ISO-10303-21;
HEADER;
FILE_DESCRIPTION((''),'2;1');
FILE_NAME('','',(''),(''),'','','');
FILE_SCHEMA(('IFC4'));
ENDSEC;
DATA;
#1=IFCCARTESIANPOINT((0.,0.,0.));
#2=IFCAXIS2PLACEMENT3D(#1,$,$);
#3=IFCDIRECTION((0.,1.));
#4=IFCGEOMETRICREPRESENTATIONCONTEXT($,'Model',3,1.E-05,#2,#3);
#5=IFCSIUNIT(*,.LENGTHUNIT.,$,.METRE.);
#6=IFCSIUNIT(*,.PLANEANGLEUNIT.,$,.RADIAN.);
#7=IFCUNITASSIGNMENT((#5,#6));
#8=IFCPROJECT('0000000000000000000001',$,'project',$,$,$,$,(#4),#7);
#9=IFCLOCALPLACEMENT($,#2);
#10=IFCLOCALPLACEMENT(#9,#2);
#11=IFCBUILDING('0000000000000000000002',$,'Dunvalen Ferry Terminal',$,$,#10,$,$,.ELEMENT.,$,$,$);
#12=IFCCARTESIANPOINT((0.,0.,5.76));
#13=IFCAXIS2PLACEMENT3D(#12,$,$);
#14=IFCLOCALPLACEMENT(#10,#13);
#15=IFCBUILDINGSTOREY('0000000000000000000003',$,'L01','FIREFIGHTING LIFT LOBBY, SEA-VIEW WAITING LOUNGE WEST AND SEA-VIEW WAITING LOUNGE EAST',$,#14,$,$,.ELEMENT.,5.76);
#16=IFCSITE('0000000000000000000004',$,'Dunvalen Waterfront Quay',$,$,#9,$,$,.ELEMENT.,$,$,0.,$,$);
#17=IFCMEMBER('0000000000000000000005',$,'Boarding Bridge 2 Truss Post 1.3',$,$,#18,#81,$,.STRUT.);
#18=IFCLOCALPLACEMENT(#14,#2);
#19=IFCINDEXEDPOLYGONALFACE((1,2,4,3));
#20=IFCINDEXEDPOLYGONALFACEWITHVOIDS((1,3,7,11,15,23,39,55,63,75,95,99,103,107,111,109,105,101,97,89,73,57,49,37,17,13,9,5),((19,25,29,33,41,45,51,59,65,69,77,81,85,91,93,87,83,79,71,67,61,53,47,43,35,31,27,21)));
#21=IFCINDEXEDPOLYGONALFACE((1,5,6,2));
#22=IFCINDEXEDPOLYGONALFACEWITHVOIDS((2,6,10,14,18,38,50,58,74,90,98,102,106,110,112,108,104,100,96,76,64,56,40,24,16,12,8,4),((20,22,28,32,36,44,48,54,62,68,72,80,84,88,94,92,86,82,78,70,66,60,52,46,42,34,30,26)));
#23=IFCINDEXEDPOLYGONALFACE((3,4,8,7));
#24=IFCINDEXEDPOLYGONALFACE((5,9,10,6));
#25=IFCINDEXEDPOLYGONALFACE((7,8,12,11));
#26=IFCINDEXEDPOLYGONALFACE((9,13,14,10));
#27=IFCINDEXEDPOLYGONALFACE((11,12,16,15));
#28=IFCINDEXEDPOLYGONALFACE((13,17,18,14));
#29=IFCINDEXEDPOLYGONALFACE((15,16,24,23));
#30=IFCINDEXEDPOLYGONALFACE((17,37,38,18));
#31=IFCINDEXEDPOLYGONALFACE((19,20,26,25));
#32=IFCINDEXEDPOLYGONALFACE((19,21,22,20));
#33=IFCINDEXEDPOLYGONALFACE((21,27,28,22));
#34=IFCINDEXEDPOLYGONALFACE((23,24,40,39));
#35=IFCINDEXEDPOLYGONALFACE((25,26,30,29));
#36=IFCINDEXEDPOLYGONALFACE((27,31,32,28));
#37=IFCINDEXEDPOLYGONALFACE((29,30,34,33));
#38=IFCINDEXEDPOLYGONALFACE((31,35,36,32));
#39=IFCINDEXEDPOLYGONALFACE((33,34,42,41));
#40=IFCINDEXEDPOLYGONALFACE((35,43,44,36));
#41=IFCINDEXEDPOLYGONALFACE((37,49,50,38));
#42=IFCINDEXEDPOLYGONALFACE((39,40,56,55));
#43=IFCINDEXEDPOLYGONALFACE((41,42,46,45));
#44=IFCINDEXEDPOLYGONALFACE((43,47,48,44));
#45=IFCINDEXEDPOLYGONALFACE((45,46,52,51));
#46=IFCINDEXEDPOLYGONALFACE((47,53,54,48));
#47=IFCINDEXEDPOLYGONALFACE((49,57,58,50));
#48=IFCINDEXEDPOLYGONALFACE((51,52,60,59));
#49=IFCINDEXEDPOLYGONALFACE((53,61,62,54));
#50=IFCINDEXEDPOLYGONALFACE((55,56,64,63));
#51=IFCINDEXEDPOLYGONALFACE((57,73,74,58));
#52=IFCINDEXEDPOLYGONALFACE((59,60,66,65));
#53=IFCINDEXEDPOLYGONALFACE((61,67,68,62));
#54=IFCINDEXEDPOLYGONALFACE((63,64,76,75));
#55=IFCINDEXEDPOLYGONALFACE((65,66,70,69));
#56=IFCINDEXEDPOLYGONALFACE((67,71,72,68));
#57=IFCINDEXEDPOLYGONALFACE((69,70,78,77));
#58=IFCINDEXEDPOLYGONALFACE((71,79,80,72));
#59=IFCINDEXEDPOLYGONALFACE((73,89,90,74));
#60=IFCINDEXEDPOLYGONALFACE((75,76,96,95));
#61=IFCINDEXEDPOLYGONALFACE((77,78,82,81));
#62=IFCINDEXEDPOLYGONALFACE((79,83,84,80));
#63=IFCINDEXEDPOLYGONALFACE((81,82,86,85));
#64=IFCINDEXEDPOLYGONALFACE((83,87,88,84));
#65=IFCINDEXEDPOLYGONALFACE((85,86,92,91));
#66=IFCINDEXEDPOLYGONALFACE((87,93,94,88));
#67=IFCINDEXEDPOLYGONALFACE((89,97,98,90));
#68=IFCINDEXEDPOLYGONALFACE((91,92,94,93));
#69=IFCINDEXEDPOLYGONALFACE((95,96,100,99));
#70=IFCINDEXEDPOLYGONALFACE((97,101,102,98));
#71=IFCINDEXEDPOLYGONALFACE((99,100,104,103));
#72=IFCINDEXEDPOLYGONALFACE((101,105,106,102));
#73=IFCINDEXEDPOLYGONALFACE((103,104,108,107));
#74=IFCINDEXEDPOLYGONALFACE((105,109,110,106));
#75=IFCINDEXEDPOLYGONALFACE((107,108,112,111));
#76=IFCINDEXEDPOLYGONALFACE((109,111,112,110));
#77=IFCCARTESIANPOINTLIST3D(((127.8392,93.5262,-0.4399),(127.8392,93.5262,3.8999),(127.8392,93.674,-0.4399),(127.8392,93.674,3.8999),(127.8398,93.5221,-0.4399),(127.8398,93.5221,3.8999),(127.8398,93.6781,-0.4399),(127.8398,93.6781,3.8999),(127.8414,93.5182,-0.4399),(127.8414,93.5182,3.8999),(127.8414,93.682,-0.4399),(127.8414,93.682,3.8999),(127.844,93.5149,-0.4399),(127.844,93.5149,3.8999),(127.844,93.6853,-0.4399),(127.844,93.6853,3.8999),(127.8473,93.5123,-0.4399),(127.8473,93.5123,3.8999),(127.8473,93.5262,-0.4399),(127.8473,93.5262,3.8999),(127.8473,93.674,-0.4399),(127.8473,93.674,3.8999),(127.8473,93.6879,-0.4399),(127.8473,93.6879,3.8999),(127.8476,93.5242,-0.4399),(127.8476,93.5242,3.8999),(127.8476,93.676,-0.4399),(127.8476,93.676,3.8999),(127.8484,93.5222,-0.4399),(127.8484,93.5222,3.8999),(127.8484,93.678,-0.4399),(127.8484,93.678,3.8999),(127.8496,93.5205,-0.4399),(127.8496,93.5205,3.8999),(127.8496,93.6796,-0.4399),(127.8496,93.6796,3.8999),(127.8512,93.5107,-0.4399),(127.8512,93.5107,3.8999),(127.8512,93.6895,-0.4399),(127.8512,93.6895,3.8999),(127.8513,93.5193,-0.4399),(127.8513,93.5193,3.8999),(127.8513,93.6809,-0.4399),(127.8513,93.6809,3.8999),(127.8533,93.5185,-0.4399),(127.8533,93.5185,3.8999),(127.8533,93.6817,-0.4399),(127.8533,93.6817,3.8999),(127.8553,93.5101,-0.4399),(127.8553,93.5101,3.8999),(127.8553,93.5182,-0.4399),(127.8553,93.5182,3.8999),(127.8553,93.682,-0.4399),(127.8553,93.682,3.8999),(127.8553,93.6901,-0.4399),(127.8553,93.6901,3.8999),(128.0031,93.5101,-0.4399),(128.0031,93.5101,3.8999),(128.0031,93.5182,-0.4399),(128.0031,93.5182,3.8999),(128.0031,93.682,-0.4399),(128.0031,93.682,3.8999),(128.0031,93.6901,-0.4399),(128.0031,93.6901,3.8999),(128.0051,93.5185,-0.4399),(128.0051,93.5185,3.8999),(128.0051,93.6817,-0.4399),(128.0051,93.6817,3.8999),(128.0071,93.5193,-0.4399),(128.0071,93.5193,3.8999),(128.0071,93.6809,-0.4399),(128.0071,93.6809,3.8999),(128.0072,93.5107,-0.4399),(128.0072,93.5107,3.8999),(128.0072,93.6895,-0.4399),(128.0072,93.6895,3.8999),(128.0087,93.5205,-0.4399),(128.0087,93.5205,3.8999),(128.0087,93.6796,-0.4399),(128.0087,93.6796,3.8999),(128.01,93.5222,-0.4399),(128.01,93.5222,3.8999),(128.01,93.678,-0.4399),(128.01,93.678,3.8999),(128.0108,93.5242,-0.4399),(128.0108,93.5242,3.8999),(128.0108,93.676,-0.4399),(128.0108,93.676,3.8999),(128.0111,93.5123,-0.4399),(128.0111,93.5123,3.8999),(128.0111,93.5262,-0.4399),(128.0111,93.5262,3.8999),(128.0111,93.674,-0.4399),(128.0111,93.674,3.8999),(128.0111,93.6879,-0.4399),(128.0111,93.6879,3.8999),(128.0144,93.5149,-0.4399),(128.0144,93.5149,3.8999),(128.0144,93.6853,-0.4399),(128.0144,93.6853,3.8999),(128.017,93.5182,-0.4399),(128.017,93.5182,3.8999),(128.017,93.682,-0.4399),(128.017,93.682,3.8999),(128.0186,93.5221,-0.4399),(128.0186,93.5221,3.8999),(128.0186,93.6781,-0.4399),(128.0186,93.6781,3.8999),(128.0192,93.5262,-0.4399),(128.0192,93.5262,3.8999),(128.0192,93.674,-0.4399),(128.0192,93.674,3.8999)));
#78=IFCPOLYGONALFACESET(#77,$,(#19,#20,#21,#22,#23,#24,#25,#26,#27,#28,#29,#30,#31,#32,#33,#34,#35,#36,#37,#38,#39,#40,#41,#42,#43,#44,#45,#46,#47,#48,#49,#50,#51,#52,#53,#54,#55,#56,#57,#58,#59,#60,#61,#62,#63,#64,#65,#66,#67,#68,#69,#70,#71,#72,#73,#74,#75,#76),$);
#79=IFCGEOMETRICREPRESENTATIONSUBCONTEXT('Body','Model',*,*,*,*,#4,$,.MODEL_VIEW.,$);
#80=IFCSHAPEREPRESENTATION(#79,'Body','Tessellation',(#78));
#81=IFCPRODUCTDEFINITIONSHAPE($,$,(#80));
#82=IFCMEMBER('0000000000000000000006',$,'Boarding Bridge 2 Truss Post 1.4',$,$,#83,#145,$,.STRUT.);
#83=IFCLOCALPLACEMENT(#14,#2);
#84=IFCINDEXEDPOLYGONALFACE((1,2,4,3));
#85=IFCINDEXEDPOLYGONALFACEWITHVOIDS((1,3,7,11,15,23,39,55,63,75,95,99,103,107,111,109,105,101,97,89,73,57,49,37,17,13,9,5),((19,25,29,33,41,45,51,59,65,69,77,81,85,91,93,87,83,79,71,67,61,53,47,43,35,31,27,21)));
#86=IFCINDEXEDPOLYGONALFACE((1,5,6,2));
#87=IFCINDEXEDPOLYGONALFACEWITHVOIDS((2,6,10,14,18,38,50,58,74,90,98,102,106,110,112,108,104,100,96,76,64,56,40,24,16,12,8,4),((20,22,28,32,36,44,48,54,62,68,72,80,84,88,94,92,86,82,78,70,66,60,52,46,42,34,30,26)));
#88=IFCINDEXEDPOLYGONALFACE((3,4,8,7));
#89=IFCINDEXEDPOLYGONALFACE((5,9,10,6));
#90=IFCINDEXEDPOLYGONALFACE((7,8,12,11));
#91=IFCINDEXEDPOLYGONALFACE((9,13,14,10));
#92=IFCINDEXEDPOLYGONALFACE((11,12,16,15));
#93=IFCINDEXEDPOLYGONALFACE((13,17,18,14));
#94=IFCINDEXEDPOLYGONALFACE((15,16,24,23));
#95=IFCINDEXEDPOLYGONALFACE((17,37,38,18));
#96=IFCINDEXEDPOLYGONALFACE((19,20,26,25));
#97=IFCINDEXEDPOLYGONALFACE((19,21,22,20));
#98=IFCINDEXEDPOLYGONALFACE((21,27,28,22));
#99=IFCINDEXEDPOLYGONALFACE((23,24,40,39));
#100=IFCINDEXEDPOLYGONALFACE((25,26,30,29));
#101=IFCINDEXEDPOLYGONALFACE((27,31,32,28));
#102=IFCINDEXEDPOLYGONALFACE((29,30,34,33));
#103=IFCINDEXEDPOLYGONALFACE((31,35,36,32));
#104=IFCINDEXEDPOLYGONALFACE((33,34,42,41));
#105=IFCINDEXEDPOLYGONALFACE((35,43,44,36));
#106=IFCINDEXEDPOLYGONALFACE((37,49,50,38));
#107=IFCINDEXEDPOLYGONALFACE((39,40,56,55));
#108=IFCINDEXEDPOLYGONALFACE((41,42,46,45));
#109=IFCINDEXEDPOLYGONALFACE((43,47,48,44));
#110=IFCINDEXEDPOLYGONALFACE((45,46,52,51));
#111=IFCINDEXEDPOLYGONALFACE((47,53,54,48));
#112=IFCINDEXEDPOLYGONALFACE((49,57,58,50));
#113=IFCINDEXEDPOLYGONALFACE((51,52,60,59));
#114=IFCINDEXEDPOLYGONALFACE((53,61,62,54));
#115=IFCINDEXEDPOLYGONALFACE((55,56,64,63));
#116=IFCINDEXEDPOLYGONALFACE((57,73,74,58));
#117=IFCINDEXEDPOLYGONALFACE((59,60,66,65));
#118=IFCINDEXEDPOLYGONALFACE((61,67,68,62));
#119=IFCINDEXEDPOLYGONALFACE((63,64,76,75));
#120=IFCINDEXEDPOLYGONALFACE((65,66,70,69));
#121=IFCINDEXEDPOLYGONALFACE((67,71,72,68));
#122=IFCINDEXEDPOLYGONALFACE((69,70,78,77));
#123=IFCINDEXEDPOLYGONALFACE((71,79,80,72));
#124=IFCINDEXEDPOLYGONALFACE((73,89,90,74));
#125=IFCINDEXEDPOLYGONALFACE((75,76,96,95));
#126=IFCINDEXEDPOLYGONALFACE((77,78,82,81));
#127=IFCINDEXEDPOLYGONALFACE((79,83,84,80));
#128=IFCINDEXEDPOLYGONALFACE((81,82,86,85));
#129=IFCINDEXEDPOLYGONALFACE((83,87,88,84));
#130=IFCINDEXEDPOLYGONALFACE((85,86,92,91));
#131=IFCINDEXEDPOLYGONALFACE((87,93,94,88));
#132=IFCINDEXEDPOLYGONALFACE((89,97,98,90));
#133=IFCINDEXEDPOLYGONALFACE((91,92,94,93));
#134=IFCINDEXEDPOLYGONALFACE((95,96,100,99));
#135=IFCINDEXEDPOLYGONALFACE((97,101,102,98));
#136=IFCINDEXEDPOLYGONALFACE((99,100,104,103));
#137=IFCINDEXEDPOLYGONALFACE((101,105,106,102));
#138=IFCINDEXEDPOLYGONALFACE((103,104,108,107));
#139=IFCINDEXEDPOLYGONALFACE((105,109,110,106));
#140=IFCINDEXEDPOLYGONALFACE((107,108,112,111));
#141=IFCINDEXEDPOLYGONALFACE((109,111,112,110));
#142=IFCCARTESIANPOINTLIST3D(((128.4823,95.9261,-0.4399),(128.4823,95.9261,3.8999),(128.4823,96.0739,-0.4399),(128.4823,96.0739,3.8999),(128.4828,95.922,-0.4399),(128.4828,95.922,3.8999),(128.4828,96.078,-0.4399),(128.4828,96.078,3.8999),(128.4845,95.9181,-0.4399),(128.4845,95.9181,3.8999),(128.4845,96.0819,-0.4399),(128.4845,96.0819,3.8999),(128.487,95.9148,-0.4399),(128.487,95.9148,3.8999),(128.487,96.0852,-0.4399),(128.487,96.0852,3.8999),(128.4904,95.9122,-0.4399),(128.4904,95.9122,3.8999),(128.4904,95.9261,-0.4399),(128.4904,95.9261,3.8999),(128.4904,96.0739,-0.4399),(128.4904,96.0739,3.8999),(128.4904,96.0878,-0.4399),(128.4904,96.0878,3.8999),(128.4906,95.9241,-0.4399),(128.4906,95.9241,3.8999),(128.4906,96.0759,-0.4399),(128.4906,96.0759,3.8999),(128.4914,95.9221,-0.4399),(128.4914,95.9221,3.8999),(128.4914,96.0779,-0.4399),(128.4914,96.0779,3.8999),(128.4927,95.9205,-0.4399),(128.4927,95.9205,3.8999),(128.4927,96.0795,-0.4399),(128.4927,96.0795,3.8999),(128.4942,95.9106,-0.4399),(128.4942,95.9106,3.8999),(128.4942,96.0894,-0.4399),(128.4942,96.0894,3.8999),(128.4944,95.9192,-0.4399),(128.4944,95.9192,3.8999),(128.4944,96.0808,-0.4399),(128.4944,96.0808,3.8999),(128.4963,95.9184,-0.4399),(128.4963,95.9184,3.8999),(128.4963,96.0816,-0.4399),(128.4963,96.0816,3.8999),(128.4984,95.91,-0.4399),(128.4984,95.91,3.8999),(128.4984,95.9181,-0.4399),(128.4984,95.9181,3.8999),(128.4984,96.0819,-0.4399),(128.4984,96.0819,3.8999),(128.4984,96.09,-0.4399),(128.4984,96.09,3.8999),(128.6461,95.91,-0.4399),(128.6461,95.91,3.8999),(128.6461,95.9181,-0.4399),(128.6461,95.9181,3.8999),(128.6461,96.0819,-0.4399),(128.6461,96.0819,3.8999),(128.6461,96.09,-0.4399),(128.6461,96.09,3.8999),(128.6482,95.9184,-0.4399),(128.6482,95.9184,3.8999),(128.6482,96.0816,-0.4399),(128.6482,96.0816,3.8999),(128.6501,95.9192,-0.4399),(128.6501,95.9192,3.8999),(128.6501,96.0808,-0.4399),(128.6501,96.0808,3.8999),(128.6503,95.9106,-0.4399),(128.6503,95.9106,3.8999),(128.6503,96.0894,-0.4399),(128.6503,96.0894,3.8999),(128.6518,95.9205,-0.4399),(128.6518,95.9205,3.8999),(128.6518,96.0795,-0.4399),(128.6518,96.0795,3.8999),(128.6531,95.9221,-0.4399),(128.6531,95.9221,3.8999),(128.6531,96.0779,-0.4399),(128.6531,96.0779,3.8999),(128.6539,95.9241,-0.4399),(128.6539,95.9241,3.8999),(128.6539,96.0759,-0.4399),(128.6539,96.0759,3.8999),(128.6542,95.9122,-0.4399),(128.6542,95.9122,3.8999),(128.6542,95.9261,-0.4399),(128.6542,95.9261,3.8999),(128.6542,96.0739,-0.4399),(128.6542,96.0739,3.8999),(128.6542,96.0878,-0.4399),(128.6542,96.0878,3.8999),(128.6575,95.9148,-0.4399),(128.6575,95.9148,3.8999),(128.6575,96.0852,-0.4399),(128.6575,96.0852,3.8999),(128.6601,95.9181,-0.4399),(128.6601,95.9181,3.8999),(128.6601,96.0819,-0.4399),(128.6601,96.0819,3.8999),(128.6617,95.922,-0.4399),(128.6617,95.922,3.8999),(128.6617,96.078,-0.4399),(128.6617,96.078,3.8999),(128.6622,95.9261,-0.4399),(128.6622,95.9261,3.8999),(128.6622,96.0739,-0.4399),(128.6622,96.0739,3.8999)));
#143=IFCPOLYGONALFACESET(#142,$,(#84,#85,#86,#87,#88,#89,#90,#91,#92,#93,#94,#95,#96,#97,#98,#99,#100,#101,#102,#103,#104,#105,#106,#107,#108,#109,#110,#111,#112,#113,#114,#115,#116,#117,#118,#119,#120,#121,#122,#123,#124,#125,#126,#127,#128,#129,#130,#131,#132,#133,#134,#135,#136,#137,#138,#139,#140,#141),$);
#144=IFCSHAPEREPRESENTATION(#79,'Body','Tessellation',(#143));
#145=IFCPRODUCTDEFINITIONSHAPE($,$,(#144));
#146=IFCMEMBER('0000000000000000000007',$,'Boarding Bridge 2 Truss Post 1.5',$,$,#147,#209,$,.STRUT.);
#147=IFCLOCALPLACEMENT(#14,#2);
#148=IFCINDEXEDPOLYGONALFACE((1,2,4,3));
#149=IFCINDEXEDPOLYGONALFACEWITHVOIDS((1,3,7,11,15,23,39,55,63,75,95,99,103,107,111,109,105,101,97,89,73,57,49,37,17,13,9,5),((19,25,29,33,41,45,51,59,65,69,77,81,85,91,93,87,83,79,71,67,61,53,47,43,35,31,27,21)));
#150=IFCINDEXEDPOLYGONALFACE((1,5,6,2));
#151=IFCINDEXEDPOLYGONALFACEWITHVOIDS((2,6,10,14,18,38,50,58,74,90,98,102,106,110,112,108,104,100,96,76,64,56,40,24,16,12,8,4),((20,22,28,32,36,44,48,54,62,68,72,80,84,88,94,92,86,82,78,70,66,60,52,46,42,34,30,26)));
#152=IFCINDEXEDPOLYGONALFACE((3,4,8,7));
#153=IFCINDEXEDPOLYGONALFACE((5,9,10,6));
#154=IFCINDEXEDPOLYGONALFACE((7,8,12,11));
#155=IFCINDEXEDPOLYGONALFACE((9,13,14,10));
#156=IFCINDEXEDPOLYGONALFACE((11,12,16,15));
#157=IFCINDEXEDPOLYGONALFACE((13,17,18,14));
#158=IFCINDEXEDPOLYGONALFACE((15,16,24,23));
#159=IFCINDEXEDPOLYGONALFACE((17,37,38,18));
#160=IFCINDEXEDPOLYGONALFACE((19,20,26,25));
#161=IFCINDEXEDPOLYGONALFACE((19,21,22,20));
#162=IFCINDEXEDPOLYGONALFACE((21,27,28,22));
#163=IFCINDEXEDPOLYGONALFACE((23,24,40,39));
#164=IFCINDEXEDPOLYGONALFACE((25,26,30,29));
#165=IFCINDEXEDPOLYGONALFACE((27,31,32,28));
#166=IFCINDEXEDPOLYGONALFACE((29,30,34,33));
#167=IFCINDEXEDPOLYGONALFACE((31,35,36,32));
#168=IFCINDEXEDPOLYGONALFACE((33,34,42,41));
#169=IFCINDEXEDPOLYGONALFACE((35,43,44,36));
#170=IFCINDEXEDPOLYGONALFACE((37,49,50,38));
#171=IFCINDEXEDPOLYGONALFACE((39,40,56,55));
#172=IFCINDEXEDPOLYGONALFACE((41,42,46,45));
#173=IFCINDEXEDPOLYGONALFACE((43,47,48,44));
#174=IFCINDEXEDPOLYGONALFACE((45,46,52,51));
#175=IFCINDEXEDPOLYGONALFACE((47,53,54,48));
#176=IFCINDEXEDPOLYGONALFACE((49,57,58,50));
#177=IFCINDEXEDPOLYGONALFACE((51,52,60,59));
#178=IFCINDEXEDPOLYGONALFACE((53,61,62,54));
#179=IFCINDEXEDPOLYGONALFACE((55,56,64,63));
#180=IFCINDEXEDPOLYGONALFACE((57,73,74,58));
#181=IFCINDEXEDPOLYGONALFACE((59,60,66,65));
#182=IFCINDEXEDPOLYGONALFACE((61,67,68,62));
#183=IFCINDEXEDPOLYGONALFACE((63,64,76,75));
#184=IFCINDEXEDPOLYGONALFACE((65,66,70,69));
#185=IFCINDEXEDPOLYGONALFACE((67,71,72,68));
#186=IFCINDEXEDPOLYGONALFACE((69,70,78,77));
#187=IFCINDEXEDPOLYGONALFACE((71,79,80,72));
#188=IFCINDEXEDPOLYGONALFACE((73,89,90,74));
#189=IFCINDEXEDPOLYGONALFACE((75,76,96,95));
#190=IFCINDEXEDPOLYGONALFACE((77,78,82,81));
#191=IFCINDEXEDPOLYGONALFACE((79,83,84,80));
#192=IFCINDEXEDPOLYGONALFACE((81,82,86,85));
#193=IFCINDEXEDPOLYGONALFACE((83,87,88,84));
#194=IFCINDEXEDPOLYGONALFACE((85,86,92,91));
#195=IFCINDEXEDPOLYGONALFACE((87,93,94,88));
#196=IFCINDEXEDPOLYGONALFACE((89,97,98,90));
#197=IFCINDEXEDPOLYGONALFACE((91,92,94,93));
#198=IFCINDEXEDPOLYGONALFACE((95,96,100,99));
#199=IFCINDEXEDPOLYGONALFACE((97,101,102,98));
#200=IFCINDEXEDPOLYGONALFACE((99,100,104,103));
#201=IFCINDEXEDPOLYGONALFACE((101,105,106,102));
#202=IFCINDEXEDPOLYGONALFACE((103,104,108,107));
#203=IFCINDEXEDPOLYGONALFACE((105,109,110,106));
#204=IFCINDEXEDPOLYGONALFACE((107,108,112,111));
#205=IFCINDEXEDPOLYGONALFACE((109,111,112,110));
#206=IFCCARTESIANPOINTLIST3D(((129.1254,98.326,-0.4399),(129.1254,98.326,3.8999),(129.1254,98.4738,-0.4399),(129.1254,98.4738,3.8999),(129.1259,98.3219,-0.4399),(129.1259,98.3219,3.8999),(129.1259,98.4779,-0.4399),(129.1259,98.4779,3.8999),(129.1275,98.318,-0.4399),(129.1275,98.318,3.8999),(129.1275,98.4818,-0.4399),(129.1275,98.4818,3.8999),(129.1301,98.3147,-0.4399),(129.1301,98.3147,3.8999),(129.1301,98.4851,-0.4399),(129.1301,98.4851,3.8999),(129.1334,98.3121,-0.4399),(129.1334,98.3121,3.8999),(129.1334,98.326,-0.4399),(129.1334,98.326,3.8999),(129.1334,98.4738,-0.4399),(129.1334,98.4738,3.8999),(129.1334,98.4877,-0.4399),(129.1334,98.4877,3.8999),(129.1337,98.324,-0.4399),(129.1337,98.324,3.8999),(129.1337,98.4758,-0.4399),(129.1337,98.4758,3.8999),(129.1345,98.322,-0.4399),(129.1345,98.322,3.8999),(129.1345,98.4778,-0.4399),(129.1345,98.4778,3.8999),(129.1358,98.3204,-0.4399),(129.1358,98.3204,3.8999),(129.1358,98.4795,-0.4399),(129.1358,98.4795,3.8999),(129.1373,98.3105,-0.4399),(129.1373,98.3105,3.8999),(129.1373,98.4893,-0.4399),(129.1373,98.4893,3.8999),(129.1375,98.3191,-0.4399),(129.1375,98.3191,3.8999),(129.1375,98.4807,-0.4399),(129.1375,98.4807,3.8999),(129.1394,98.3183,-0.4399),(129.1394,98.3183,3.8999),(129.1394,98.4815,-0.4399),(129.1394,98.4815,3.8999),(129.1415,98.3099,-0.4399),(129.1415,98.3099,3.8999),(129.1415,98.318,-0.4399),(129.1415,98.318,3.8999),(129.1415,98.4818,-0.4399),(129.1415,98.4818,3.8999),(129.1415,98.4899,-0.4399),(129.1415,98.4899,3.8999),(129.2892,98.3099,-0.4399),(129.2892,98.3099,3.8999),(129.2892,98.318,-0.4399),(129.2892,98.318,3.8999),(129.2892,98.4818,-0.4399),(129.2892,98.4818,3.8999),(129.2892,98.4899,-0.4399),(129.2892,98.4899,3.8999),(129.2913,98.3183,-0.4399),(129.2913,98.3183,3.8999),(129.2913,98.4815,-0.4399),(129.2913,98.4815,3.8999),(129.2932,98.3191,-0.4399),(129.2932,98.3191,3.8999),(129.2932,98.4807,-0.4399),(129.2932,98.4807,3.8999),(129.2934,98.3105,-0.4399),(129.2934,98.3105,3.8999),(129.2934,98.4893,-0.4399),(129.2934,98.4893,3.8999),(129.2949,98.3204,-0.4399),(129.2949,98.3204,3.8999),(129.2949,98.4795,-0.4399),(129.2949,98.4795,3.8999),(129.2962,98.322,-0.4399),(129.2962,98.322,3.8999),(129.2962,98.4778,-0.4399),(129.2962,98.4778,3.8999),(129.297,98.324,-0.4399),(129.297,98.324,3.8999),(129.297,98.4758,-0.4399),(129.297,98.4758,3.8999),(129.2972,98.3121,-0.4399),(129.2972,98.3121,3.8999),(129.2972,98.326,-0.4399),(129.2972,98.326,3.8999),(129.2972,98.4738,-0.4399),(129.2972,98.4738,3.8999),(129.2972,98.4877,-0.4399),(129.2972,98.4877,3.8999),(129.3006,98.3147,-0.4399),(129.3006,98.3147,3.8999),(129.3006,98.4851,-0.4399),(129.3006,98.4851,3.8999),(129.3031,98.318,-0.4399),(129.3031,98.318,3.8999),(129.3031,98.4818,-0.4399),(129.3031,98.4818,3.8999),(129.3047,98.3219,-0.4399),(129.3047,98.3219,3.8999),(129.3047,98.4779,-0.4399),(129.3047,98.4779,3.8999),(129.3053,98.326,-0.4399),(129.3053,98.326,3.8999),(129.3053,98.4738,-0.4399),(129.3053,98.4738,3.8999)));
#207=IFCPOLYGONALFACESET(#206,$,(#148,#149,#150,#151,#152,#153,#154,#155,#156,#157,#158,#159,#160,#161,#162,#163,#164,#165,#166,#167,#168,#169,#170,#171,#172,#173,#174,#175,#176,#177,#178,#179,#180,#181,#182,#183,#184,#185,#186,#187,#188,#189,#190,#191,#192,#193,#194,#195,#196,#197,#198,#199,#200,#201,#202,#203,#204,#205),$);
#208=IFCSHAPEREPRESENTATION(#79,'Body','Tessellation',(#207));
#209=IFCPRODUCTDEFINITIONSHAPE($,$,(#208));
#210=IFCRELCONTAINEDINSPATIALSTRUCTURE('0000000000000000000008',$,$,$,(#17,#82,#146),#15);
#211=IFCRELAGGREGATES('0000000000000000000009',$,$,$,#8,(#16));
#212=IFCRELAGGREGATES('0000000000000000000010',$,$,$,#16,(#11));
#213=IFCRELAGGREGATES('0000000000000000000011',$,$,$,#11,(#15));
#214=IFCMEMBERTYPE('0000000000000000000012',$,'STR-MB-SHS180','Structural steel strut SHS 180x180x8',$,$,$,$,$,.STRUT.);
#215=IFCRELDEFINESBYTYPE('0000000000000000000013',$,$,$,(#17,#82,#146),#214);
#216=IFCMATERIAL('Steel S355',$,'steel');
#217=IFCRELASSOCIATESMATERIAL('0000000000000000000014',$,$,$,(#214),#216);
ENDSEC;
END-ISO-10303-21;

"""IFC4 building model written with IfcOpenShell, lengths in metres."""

from ifc_helpers import new_model, si_unit, direction, frame, origin, origin_2d, place, context, subcontext, project, spatial, hollow_rectangle, extrude, material, material_profile, profile_set, type_object, element, save


model = new_model("IFC4")

# Units and contexts
model_context = context("Model", 3, precision=1e-05, world=origin(), true_north=direction((0.0, 1.0)))
body_context = subcontext(model_context, "Body", "Model", "MODEL_VIEW")
ifc_project = project(units=[si_unit("LENGTHUNIT", "METRE"), si_unit("PLANEANGLEUNIT", "RADIAN")], contexts=[model_context])

# Site, building, storey
site_placement = place(None, origin())
site = spatial("IfcSite", under=ifc_project, at=site_placement, Name="Dunvalen Waterfront Quay", CompositionType="ELEMENT", RefElevation=0.0)
building_placement = place(site_placement, origin())
building = spatial("IfcBuilding", under=site, at=building_placement, Name="Dunvalen Ferry Terminal", CompositionType="ELEMENT")
storey_placement = place(building_placement, frame((0.0, 0.0, 5.76)))
storey = spatial("IfcBuildingStorey", under=building, at=storey_placement, Name="L01", Description="FIREFIGHTING LIFT LOBBY, SEA-VIEW WAITING LOUNGE WEST AND SEA-VIEW WAITING LOUNGE EAST", CompositionType="ELEMENT", Elevation=5.76)

# Shared definitions
ifc_material_1 = material(Name="Steel S355", Category="steel")

# Members
ifc_material_profile_1 = material_profile(ifc_material_1, hollow_rectangle(XDim=0.1799, YDim=0.1799, WallThickness=0.0081, InnerFilletRadius=0.0081, OuterFilletRadius=0.0161, at=origin_2d()), Name="Steel S355")
ifc_profile_set_1 = profile_set([ifc_material_profile_1], Name="Steel S355")
member_type_1 = type_object("IfcMemberType", Name="STR-MB-SHS180", Description="Structural steel strut SHS 180x180x8", PredefinedType="STRUT", material=ifc_profile_set_1)
for number, where, z_axis, x_axis, name in (
    (1, (127.9292, 93.6001, -0.4399), (0.0, 0.0, 1.0), (1.0, 0.0, 0.0), "Boarding Bridge 2 Truss Post 1.3"),
    (2, (128.5723, 96.0, -0.4399), (0.0, 0.0, 1.0), (1.0, 0.0, 0.0), "Boarding Bridge 2 Truss Post 1.4"),
    (3, (129.2153, 98.3999, -0.4399), (0.0, 0.0, 1.0), (1.0, 0.0, 0.0), "Boarding Bridge 2 Truss Post 1.5"),
):
    element("IfcMember", number, at=place(storey_placement, frame(where, z_axis=z_axis, x_axis=x_axis)), inside=storey, type_object=member_type_1, Name=name, PredefinedType="STRUT", context=body_context, shape_type="SweptSolid", body=[
        extrude(hollow_rectangle(XDim=0.1799, YDim=0.1799, WallThickness=0.0081, InnerFilletRadius=0.0081, OuterFilletRadius=0.0161, at=origin_2d()), origin(), (0.0, 0.0, 1.0), 4.3398),
    ])

save(model, "model.ifc")
